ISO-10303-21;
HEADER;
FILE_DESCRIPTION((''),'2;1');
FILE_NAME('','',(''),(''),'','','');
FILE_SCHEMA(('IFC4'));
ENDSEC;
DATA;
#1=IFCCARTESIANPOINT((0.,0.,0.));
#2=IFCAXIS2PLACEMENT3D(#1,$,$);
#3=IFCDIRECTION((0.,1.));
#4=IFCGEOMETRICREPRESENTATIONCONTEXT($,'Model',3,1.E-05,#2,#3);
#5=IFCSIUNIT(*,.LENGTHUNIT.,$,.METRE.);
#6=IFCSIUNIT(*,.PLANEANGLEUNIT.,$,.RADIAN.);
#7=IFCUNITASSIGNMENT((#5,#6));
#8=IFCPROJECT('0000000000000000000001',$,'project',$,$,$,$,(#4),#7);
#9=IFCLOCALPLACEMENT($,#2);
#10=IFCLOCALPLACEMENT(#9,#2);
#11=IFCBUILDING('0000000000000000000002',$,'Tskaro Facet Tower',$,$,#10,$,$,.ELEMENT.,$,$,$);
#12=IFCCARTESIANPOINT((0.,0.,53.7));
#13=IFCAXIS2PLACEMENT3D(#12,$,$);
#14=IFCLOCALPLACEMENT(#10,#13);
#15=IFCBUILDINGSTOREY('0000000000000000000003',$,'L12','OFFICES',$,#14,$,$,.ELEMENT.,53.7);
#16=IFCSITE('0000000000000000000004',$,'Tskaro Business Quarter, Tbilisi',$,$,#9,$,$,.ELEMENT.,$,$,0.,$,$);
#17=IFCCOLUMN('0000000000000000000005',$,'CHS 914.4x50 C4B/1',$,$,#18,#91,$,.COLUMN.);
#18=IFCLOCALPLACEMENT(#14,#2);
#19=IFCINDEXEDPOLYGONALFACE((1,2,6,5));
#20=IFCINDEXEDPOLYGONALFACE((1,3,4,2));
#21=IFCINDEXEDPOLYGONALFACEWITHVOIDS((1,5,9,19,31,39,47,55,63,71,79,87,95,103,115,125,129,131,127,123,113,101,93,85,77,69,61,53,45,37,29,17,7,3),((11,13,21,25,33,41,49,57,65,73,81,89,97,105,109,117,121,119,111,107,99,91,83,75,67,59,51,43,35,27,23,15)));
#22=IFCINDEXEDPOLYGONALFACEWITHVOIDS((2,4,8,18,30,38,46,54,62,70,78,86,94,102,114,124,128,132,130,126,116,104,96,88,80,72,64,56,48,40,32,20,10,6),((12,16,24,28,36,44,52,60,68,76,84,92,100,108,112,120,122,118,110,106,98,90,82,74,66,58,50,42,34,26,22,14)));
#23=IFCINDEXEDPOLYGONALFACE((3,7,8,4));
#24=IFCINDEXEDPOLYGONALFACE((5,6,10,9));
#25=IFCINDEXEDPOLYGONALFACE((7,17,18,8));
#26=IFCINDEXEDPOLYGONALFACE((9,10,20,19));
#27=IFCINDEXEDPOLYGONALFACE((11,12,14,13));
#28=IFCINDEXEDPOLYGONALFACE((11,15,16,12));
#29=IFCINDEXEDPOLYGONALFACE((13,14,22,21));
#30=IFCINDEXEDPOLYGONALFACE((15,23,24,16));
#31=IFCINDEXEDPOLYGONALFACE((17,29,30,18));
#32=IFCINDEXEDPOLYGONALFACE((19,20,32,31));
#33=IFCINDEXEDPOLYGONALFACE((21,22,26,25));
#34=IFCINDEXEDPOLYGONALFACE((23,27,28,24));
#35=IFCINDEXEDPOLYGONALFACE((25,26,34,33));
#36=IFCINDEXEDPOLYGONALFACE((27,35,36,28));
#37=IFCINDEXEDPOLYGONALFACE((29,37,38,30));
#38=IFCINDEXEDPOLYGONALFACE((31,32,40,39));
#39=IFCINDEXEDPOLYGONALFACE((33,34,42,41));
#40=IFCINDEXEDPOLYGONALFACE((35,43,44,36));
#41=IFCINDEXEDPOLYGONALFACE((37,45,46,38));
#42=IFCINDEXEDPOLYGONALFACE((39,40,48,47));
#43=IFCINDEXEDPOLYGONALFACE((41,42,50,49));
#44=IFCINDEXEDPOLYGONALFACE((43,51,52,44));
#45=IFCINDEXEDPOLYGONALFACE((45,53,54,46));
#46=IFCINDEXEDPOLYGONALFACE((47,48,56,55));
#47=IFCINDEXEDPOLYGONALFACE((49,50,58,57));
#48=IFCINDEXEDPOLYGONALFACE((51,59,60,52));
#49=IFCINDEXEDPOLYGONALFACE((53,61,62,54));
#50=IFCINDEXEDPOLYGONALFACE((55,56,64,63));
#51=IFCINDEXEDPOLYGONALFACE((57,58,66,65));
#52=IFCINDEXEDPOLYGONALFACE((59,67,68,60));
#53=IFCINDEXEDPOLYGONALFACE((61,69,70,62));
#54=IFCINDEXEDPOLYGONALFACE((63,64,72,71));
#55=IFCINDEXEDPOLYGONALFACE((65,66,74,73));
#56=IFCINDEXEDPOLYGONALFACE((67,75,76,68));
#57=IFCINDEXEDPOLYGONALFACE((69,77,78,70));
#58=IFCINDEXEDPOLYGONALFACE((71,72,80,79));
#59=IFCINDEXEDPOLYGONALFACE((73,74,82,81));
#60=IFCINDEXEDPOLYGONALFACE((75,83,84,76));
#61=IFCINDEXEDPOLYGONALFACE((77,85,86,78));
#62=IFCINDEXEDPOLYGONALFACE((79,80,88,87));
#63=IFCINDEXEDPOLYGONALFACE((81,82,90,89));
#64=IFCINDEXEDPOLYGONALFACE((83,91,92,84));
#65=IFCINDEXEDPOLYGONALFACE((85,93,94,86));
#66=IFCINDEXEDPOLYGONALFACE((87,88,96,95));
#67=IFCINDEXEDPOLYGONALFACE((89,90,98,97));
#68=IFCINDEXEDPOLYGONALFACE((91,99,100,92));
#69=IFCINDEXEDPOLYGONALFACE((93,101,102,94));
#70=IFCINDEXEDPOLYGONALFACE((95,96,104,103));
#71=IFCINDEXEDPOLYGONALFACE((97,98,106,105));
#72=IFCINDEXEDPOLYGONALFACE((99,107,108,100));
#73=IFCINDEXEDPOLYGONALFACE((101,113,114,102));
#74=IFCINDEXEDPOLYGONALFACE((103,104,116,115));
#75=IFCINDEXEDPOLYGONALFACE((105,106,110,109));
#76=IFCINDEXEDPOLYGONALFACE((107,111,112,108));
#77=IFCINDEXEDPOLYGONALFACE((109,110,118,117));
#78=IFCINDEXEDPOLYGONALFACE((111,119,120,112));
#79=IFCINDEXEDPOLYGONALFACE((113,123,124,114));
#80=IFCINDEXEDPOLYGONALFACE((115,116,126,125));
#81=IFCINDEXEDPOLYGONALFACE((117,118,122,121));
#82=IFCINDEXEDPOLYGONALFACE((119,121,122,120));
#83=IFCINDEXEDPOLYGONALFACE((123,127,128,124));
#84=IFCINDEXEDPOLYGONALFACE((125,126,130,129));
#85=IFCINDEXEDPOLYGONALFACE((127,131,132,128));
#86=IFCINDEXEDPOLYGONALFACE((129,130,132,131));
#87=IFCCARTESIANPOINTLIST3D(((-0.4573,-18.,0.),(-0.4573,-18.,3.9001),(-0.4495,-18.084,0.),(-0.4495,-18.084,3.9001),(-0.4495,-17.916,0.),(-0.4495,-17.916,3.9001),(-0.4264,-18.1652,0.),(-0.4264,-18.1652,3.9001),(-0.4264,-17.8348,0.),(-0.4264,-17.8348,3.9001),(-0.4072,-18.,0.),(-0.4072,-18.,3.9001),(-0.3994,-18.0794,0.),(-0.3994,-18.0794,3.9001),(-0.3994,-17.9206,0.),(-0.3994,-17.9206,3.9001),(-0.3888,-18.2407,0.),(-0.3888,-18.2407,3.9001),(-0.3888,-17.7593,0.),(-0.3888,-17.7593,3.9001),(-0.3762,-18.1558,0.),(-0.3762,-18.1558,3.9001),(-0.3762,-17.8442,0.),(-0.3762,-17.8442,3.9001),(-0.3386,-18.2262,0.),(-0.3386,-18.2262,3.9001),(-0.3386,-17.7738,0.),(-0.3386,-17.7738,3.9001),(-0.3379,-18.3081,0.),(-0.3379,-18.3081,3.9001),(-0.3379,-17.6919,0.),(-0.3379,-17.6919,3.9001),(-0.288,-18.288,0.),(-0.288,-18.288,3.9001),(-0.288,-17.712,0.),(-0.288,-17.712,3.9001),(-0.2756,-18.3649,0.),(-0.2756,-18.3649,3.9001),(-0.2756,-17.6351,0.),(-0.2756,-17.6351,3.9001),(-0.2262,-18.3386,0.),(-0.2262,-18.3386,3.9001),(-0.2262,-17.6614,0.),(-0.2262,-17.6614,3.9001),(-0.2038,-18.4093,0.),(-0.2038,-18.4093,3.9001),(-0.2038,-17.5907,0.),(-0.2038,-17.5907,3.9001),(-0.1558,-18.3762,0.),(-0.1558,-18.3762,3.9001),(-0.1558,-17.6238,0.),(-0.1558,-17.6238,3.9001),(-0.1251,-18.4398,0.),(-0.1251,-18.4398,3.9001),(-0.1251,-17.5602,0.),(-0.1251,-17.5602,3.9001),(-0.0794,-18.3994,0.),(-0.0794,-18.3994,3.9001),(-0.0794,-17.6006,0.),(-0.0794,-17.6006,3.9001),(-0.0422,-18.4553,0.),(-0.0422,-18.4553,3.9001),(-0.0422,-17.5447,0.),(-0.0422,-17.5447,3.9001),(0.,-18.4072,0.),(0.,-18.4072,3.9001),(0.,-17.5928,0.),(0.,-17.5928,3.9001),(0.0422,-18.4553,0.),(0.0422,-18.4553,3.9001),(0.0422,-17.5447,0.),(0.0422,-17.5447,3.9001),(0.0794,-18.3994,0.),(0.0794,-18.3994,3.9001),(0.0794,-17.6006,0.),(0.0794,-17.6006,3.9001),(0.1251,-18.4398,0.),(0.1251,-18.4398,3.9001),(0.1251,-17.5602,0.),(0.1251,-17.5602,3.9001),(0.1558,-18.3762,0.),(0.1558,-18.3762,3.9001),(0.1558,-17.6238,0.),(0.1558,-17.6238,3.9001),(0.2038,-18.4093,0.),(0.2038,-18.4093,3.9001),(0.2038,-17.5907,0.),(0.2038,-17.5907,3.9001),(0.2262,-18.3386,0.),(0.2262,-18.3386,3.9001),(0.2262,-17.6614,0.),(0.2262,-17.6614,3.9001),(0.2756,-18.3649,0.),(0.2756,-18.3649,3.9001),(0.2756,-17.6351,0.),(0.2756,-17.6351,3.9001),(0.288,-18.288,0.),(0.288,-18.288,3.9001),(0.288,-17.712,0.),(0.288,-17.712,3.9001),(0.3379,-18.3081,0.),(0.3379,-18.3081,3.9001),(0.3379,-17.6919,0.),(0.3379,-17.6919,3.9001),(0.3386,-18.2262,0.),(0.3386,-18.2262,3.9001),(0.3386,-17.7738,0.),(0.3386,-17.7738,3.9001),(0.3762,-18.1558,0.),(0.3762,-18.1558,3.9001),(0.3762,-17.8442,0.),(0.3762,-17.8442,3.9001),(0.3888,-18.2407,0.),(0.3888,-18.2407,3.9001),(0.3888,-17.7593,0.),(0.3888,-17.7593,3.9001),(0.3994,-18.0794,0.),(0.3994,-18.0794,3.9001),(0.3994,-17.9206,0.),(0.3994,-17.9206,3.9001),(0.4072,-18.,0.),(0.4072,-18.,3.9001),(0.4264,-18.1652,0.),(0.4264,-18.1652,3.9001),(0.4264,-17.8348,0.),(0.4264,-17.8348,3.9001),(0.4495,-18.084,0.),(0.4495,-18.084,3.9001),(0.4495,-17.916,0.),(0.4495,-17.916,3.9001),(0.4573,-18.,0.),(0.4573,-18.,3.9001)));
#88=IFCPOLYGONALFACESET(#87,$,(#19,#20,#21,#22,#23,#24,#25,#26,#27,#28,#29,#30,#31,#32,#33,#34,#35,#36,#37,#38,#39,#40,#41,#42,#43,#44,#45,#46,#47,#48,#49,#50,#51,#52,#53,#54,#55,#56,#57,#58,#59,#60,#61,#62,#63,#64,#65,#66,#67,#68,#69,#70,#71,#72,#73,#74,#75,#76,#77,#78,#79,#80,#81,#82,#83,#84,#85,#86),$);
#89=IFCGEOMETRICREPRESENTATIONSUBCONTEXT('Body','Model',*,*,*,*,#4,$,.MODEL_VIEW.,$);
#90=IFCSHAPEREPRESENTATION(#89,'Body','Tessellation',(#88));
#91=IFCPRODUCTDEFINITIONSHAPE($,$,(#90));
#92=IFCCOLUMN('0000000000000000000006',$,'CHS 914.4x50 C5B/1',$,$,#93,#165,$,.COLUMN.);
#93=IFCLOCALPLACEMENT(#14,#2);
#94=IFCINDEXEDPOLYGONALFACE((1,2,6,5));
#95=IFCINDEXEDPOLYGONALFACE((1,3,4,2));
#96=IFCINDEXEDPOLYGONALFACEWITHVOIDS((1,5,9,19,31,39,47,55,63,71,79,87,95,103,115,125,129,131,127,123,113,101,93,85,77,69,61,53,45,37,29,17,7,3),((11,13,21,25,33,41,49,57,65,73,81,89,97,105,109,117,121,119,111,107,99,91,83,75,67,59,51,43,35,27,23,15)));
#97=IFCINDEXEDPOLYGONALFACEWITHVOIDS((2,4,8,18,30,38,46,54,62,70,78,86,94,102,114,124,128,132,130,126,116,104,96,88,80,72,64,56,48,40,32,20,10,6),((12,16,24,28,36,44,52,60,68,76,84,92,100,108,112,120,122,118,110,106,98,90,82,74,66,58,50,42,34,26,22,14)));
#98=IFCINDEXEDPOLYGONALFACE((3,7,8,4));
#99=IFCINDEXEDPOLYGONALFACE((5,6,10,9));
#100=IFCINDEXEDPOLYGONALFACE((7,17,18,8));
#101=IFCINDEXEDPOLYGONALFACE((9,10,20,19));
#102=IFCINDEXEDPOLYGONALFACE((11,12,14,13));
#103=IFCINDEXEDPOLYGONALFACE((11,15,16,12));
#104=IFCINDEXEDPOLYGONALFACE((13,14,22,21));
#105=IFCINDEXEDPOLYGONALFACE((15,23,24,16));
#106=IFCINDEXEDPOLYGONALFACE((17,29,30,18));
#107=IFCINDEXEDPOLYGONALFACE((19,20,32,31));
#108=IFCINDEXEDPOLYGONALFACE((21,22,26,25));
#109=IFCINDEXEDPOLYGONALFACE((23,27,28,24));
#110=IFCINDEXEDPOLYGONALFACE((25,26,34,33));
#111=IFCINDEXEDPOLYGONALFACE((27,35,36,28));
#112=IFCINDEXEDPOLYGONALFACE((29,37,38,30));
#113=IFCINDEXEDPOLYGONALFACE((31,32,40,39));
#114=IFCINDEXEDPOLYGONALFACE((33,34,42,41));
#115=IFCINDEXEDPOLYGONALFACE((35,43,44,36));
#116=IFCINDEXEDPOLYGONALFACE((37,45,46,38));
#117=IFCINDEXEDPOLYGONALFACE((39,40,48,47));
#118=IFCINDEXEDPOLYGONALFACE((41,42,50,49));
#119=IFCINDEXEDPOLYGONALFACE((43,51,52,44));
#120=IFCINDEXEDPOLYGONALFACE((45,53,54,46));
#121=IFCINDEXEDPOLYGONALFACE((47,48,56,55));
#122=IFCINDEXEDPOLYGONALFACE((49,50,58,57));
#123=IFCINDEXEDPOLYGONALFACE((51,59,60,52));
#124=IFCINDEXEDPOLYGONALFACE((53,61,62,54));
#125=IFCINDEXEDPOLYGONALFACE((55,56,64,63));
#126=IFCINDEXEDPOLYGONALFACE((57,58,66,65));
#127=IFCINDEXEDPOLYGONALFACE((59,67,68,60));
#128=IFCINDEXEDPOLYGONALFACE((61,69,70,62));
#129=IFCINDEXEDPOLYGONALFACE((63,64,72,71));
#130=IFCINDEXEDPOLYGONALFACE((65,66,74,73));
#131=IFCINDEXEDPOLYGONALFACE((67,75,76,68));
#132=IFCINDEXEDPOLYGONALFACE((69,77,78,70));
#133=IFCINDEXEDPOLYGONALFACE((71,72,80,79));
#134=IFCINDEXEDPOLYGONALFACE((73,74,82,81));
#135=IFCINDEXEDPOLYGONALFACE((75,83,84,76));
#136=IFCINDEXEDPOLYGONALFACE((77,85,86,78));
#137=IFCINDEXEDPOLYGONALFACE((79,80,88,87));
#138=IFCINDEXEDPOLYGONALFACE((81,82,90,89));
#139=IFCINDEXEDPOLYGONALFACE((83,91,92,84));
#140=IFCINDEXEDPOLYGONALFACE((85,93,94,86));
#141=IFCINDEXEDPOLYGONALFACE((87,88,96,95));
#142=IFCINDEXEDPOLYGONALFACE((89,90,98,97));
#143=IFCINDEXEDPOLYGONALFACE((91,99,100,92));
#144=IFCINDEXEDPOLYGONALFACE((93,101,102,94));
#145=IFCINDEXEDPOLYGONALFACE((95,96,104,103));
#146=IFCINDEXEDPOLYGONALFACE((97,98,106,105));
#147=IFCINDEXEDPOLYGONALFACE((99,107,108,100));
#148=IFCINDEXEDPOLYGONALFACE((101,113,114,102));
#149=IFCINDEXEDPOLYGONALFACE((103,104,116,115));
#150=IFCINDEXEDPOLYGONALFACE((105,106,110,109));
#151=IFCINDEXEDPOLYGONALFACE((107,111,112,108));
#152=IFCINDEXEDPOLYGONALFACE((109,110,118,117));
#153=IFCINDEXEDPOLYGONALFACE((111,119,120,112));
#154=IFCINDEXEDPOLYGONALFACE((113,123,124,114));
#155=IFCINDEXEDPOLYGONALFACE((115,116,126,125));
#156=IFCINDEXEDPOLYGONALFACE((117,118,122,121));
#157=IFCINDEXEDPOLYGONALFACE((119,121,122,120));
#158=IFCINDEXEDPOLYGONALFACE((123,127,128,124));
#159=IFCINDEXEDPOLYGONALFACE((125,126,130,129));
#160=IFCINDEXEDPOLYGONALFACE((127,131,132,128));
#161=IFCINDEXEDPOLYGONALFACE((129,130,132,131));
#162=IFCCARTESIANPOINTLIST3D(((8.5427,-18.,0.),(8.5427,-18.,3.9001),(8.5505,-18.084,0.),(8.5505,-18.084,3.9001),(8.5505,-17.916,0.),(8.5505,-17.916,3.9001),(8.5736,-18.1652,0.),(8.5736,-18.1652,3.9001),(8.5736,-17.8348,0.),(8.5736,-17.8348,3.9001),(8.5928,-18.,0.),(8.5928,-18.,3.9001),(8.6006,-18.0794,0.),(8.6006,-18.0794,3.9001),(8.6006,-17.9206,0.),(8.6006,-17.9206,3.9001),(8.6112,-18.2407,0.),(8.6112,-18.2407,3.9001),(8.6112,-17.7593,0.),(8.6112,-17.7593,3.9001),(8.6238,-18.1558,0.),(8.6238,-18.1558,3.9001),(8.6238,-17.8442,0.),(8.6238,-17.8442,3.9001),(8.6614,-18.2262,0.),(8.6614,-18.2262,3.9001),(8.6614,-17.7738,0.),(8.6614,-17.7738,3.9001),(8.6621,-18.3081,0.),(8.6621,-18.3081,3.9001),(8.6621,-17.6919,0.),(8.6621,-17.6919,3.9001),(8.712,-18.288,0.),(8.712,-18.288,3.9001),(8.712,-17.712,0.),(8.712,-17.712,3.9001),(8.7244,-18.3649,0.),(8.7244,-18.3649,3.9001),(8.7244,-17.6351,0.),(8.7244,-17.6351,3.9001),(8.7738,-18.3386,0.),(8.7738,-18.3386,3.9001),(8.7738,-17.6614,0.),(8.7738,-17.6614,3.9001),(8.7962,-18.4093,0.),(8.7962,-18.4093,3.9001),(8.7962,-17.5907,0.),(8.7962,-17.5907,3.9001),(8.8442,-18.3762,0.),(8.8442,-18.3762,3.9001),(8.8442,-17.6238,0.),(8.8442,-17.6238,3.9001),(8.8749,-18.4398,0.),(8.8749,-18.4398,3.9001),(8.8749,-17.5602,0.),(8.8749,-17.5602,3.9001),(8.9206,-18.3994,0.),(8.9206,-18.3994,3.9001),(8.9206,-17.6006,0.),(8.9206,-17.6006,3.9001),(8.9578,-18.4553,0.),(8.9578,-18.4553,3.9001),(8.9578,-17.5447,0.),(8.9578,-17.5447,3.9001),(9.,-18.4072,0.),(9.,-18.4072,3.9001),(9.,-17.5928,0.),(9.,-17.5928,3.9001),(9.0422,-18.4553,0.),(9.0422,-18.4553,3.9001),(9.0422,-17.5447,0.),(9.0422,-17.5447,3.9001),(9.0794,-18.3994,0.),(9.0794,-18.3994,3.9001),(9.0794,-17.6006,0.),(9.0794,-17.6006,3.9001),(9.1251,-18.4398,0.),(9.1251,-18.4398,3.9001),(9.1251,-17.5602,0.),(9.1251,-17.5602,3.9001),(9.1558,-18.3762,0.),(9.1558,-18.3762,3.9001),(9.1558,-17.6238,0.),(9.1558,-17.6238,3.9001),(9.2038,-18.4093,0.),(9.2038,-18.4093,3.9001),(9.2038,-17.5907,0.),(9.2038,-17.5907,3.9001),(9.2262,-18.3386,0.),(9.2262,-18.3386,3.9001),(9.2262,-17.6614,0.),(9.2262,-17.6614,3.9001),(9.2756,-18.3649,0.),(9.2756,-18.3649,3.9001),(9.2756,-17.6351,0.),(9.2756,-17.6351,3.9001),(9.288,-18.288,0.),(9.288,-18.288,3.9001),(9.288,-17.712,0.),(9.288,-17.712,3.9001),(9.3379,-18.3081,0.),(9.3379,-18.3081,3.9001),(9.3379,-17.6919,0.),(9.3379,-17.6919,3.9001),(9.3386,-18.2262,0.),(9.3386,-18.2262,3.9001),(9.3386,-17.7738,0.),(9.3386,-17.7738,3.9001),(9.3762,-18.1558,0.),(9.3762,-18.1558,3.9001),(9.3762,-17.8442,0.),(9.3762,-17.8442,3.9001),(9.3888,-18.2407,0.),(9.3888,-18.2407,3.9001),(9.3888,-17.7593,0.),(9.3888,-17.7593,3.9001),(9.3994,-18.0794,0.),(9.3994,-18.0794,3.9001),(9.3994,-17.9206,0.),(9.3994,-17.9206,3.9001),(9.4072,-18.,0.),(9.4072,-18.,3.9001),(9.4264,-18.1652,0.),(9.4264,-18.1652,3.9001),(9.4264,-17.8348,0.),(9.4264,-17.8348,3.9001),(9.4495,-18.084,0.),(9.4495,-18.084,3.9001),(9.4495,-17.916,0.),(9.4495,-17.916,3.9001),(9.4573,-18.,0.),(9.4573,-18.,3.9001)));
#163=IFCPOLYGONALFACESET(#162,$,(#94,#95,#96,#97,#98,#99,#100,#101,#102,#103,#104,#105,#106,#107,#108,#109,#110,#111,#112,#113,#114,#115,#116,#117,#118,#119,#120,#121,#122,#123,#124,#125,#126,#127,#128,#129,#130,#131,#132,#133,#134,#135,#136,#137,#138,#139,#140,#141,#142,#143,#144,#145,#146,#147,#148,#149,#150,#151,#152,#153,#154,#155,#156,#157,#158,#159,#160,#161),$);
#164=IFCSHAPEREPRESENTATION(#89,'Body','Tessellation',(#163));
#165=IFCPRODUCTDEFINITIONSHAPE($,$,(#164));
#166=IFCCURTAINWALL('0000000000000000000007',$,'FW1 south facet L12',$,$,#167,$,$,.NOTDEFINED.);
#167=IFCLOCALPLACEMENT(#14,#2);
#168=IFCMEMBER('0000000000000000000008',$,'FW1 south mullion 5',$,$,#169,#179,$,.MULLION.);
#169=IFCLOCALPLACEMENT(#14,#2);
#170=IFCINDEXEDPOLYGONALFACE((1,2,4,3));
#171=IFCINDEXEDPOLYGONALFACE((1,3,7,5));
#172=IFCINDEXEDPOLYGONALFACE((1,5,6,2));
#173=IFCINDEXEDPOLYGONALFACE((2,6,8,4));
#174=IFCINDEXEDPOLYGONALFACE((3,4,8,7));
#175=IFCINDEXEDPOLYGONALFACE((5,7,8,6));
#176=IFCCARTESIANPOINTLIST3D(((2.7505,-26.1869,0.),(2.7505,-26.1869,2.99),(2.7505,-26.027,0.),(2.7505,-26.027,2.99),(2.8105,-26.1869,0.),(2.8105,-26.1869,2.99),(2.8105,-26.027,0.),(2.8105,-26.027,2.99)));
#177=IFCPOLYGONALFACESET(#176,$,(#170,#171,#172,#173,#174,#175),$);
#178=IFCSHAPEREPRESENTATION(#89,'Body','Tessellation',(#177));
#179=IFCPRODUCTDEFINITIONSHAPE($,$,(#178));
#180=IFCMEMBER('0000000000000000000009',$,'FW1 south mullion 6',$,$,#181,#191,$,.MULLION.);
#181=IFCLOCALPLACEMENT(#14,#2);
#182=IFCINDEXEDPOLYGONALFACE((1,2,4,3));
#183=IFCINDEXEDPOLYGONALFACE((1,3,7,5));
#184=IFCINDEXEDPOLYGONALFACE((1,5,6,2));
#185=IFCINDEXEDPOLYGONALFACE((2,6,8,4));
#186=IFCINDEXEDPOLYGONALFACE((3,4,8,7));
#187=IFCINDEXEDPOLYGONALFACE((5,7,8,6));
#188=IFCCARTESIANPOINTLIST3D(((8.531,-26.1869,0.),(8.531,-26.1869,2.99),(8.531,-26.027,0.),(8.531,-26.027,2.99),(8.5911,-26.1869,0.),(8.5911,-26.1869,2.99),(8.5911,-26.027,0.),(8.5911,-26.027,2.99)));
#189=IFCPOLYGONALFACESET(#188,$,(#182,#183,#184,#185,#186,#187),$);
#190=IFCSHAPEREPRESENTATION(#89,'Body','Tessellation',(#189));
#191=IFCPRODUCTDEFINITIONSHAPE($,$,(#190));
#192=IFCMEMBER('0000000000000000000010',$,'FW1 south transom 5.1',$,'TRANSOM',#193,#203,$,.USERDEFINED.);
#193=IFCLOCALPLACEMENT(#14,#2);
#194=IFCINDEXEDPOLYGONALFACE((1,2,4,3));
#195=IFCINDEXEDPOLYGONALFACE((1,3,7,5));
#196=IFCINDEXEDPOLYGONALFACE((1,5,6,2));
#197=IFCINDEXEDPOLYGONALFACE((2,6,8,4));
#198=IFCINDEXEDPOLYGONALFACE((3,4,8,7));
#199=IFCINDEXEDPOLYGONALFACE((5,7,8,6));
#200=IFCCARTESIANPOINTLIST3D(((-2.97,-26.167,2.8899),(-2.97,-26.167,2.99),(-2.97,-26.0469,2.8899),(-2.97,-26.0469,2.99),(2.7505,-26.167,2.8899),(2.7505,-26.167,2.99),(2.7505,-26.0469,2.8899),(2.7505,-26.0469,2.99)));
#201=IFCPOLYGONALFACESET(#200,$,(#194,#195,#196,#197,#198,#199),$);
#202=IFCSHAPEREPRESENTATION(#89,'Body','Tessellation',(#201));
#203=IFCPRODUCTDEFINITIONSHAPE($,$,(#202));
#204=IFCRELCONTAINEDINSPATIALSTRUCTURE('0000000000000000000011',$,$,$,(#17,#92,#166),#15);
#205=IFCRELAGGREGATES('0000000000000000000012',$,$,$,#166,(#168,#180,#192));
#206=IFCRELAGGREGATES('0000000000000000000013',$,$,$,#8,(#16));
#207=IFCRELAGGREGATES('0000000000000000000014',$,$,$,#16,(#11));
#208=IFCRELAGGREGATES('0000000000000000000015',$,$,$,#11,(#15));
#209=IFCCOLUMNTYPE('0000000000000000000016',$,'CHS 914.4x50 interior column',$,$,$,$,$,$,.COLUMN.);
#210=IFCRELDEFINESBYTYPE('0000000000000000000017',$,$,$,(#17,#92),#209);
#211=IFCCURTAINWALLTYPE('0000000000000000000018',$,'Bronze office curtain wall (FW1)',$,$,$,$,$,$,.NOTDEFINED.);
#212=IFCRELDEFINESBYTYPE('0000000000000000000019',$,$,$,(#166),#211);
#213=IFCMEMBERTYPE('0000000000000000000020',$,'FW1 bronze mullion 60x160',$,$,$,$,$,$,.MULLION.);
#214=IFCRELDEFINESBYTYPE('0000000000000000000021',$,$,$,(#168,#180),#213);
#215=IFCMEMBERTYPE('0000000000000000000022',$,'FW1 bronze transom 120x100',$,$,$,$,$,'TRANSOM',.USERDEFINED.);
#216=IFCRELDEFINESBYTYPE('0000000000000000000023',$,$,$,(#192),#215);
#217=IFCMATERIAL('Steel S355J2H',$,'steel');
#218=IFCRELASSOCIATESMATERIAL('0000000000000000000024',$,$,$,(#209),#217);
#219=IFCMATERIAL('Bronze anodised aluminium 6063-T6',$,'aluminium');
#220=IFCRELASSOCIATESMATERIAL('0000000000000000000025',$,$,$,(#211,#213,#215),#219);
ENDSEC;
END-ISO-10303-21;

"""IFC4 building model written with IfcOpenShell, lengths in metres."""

from ifc_helpers import new_model, si_unit, direction, frame, origin, origin_2d, place, context, subcontext, project, spatial, rectangle, hollow_circle, extrude, material, material_profile, profile_set, type_object, element, aggregate, save


model = new_model("IFC4")

# Units and contexts
model_context = context("Model", 3, precision=1e-05, world=origin(), true_north=direction((0.0, 1.0)))
body_context = subcontext(model_context, "Body", "Model", "MODEL_VIEW")
ifc_project = project(units=[si_unit("LENGTHUNIT", "METRE"), si_unit("PLANEANGLEUNIT", "RADIAN")], contexts=[model_context])

# Site, building, storey
site_placement = place(None, origin())
site = spatial("IfcSite", under=ifc_project, at=site_placement, Name="Tskaro Business Quarter, Tbilisi", CompositionType="ELEMENT", RefElevation=0.0)
building_placement = place(site_placement, origin())
building = spatial("IfcBuilding", under=site, at=building_placement, Name="Tskaro Facet Tower", CompositionType="ELEMENT")
storey_placement = place(building_placement, frame((0.0, 0.0, 53.7)))
storey = spatial("IfcBuildingStorey", under=building, at=storey_placement, Name="L12", Description="OFFICES", CompositionType="ELEMENT", Elevation=53.7)

# Columns
ifc_material_1 = material(Name="Steel S355J2H", Category="steel")
ifc_material_profile_1 = material_profile(ifc_material_1, hollow_circle(Radius=0.4573, WallThickness=0.05, at=origin_2d()), Name="CHS 914.4x50")
ifc_profile_set_1 = profile_set([ifc_material_profile_1], Name="Steel S355J2H")
column_type_1 = type_object("IfcColumnType", Name="CHS 914.4x50 interior column", PredefinedType="COLUMN", material=ifc_profile_set_1)
for number, where, z_axis, x_axis, name in (
    (1, (0.0, -18.0, 0.0), (0.0, 0.0, 1.0), (1.0, 0.0, 0.0), "CHS 914.4x50 C4B/1"),
    (2, (9.0, -18.0, 0.0), (0.0, 0.0, 1.0), (1.0, 0.0, 0.0), "CHS 914.4x50 C5B/1"),
):
    element("IfcColumn", number, at=place(storey_placement, frame(where, z_axis=z_axis, x_axis=x_axis)), inside=storey, type_object=column_type_1, Name=name, PredefinedType="COLUMN", context=body_context, shape_type="SweptSolid", body=[
        extrude(hollow_circle(Radius=0.4573, WallThickness=0.05, at=origin_2d()), origin(), (0.0, 0.0, 1.0), 3.9001),
    ])

# Curtain wall, members
ifc_material_2 = material(Name="Bronze anodised aluminium 6063-T6", Category="aluminium")
curtain_wall_type = type_object("IfcCurtainWallType", Name="Bronze office curtain wall (FW1)", PredefinedType="NOTDEFINED", material=ifc_material_2)
curtain_wall_placement = place(storey_placement, origin())
curtain_wall = element("IfcCurtainWall", 3, at=curtain_wall_placement, inside=storey, type_object=curtain_wall_type, Name="FW1 south facet L12", PredefinedType="NOTDEFINED")
ifc_material_profile_2 = material_profile(ifc_material_2, rectangle(XDim=0.0601, YDim=0.1599, at=origin_2d()), Name="Mullion 60x160")
ifc_profile_set_2 = profile_set([ifc_material_profile_2], Name="Bronze anodised aluminium 6063-T6")
member_type_1 = type_object("IfcMemberType", Name="FW1 bronze mullion 60x160", PredefinedType="MULLION", material=ifc_profile_set_2)
member_1_placement = place(storey_placement, frame((2.7805, -26.1069, 0.0), z_axis=(0.0, 0.0, 1.0), x_axis=(1.0, 0.0, 0.0)))
member_1 = element("IfcMember", 4, at=member_1_placement, type_object=member_type_1, Name="FW1 south mullion 5", PredefinedType="MULLION", context=body_context, shape_type="SweptSolid", body=[
    extrude(rectangle(XDim=0.0601, YDim=0.1599, at=origin_2d()), origin(), (0.0, 0.0, 1.0), 2.99),
])
member_2_placement = place(storey_placement, frame((8.561, -26.1069, 0.0), z_axis=(0.0, 0.0, 1.0), x_axis=(1.0, 0.0, 0.0)))
member_2 = element("IfcMember", 5, at=member_2_placement, type_object=member_type_1, Name="FW1 south mullion 6", PredefinedType="MULLION", context=body_context, shape_type="SweptSolid", body=[
    extrude(rectangle(XDim=0.0601, YDim=0.1599, at=origin_2d()), origin(), (0.0, 0.0, 1.0), 2.99),
])
ifc_material_profile_3 = material_profile(ifc_material_2, rectangle(XDim=0.1201, YDim=0.1001, at=origin_2d()), Name="Transom 120x100")
ifc_profile_set_3 = profile_set([ifc_material_profile_3], Name="Bronze anodised aluminium 6063-T6")
member_type_2 = type_object("IfcMemberType", Name="FW1 bronze transom 120x100", ElementType="TRANSOM", PredefinedType="USERDEFINED", material=ifc_profile_set_3)
member_3_placement = place(storey_placement, frame((-2.97, -26.1069, 2.9399), z_axis=(1.0, 0.0, 0.0), x_axis=(0.0, 1.0, 0.0)))
member_3 = element("IfcMember", 6, at=member_3_placement, type_object=member_type_2, Name="FW1 south transom 5.1", ObjectType="TRANSOM", PredefinedType="USERDEFINED", context=body_context, shape_type="SweptSolid", body=[
    extrude(rectangle(XDim=0.1201, YDim=0.1001, at=origin_2d()), origin(), (0.0, 0.0, 1.0), 5.7205),
])

aggregate(curtain_wall, [member_1, member_2, member_3])

save(model, "model.ifc")
